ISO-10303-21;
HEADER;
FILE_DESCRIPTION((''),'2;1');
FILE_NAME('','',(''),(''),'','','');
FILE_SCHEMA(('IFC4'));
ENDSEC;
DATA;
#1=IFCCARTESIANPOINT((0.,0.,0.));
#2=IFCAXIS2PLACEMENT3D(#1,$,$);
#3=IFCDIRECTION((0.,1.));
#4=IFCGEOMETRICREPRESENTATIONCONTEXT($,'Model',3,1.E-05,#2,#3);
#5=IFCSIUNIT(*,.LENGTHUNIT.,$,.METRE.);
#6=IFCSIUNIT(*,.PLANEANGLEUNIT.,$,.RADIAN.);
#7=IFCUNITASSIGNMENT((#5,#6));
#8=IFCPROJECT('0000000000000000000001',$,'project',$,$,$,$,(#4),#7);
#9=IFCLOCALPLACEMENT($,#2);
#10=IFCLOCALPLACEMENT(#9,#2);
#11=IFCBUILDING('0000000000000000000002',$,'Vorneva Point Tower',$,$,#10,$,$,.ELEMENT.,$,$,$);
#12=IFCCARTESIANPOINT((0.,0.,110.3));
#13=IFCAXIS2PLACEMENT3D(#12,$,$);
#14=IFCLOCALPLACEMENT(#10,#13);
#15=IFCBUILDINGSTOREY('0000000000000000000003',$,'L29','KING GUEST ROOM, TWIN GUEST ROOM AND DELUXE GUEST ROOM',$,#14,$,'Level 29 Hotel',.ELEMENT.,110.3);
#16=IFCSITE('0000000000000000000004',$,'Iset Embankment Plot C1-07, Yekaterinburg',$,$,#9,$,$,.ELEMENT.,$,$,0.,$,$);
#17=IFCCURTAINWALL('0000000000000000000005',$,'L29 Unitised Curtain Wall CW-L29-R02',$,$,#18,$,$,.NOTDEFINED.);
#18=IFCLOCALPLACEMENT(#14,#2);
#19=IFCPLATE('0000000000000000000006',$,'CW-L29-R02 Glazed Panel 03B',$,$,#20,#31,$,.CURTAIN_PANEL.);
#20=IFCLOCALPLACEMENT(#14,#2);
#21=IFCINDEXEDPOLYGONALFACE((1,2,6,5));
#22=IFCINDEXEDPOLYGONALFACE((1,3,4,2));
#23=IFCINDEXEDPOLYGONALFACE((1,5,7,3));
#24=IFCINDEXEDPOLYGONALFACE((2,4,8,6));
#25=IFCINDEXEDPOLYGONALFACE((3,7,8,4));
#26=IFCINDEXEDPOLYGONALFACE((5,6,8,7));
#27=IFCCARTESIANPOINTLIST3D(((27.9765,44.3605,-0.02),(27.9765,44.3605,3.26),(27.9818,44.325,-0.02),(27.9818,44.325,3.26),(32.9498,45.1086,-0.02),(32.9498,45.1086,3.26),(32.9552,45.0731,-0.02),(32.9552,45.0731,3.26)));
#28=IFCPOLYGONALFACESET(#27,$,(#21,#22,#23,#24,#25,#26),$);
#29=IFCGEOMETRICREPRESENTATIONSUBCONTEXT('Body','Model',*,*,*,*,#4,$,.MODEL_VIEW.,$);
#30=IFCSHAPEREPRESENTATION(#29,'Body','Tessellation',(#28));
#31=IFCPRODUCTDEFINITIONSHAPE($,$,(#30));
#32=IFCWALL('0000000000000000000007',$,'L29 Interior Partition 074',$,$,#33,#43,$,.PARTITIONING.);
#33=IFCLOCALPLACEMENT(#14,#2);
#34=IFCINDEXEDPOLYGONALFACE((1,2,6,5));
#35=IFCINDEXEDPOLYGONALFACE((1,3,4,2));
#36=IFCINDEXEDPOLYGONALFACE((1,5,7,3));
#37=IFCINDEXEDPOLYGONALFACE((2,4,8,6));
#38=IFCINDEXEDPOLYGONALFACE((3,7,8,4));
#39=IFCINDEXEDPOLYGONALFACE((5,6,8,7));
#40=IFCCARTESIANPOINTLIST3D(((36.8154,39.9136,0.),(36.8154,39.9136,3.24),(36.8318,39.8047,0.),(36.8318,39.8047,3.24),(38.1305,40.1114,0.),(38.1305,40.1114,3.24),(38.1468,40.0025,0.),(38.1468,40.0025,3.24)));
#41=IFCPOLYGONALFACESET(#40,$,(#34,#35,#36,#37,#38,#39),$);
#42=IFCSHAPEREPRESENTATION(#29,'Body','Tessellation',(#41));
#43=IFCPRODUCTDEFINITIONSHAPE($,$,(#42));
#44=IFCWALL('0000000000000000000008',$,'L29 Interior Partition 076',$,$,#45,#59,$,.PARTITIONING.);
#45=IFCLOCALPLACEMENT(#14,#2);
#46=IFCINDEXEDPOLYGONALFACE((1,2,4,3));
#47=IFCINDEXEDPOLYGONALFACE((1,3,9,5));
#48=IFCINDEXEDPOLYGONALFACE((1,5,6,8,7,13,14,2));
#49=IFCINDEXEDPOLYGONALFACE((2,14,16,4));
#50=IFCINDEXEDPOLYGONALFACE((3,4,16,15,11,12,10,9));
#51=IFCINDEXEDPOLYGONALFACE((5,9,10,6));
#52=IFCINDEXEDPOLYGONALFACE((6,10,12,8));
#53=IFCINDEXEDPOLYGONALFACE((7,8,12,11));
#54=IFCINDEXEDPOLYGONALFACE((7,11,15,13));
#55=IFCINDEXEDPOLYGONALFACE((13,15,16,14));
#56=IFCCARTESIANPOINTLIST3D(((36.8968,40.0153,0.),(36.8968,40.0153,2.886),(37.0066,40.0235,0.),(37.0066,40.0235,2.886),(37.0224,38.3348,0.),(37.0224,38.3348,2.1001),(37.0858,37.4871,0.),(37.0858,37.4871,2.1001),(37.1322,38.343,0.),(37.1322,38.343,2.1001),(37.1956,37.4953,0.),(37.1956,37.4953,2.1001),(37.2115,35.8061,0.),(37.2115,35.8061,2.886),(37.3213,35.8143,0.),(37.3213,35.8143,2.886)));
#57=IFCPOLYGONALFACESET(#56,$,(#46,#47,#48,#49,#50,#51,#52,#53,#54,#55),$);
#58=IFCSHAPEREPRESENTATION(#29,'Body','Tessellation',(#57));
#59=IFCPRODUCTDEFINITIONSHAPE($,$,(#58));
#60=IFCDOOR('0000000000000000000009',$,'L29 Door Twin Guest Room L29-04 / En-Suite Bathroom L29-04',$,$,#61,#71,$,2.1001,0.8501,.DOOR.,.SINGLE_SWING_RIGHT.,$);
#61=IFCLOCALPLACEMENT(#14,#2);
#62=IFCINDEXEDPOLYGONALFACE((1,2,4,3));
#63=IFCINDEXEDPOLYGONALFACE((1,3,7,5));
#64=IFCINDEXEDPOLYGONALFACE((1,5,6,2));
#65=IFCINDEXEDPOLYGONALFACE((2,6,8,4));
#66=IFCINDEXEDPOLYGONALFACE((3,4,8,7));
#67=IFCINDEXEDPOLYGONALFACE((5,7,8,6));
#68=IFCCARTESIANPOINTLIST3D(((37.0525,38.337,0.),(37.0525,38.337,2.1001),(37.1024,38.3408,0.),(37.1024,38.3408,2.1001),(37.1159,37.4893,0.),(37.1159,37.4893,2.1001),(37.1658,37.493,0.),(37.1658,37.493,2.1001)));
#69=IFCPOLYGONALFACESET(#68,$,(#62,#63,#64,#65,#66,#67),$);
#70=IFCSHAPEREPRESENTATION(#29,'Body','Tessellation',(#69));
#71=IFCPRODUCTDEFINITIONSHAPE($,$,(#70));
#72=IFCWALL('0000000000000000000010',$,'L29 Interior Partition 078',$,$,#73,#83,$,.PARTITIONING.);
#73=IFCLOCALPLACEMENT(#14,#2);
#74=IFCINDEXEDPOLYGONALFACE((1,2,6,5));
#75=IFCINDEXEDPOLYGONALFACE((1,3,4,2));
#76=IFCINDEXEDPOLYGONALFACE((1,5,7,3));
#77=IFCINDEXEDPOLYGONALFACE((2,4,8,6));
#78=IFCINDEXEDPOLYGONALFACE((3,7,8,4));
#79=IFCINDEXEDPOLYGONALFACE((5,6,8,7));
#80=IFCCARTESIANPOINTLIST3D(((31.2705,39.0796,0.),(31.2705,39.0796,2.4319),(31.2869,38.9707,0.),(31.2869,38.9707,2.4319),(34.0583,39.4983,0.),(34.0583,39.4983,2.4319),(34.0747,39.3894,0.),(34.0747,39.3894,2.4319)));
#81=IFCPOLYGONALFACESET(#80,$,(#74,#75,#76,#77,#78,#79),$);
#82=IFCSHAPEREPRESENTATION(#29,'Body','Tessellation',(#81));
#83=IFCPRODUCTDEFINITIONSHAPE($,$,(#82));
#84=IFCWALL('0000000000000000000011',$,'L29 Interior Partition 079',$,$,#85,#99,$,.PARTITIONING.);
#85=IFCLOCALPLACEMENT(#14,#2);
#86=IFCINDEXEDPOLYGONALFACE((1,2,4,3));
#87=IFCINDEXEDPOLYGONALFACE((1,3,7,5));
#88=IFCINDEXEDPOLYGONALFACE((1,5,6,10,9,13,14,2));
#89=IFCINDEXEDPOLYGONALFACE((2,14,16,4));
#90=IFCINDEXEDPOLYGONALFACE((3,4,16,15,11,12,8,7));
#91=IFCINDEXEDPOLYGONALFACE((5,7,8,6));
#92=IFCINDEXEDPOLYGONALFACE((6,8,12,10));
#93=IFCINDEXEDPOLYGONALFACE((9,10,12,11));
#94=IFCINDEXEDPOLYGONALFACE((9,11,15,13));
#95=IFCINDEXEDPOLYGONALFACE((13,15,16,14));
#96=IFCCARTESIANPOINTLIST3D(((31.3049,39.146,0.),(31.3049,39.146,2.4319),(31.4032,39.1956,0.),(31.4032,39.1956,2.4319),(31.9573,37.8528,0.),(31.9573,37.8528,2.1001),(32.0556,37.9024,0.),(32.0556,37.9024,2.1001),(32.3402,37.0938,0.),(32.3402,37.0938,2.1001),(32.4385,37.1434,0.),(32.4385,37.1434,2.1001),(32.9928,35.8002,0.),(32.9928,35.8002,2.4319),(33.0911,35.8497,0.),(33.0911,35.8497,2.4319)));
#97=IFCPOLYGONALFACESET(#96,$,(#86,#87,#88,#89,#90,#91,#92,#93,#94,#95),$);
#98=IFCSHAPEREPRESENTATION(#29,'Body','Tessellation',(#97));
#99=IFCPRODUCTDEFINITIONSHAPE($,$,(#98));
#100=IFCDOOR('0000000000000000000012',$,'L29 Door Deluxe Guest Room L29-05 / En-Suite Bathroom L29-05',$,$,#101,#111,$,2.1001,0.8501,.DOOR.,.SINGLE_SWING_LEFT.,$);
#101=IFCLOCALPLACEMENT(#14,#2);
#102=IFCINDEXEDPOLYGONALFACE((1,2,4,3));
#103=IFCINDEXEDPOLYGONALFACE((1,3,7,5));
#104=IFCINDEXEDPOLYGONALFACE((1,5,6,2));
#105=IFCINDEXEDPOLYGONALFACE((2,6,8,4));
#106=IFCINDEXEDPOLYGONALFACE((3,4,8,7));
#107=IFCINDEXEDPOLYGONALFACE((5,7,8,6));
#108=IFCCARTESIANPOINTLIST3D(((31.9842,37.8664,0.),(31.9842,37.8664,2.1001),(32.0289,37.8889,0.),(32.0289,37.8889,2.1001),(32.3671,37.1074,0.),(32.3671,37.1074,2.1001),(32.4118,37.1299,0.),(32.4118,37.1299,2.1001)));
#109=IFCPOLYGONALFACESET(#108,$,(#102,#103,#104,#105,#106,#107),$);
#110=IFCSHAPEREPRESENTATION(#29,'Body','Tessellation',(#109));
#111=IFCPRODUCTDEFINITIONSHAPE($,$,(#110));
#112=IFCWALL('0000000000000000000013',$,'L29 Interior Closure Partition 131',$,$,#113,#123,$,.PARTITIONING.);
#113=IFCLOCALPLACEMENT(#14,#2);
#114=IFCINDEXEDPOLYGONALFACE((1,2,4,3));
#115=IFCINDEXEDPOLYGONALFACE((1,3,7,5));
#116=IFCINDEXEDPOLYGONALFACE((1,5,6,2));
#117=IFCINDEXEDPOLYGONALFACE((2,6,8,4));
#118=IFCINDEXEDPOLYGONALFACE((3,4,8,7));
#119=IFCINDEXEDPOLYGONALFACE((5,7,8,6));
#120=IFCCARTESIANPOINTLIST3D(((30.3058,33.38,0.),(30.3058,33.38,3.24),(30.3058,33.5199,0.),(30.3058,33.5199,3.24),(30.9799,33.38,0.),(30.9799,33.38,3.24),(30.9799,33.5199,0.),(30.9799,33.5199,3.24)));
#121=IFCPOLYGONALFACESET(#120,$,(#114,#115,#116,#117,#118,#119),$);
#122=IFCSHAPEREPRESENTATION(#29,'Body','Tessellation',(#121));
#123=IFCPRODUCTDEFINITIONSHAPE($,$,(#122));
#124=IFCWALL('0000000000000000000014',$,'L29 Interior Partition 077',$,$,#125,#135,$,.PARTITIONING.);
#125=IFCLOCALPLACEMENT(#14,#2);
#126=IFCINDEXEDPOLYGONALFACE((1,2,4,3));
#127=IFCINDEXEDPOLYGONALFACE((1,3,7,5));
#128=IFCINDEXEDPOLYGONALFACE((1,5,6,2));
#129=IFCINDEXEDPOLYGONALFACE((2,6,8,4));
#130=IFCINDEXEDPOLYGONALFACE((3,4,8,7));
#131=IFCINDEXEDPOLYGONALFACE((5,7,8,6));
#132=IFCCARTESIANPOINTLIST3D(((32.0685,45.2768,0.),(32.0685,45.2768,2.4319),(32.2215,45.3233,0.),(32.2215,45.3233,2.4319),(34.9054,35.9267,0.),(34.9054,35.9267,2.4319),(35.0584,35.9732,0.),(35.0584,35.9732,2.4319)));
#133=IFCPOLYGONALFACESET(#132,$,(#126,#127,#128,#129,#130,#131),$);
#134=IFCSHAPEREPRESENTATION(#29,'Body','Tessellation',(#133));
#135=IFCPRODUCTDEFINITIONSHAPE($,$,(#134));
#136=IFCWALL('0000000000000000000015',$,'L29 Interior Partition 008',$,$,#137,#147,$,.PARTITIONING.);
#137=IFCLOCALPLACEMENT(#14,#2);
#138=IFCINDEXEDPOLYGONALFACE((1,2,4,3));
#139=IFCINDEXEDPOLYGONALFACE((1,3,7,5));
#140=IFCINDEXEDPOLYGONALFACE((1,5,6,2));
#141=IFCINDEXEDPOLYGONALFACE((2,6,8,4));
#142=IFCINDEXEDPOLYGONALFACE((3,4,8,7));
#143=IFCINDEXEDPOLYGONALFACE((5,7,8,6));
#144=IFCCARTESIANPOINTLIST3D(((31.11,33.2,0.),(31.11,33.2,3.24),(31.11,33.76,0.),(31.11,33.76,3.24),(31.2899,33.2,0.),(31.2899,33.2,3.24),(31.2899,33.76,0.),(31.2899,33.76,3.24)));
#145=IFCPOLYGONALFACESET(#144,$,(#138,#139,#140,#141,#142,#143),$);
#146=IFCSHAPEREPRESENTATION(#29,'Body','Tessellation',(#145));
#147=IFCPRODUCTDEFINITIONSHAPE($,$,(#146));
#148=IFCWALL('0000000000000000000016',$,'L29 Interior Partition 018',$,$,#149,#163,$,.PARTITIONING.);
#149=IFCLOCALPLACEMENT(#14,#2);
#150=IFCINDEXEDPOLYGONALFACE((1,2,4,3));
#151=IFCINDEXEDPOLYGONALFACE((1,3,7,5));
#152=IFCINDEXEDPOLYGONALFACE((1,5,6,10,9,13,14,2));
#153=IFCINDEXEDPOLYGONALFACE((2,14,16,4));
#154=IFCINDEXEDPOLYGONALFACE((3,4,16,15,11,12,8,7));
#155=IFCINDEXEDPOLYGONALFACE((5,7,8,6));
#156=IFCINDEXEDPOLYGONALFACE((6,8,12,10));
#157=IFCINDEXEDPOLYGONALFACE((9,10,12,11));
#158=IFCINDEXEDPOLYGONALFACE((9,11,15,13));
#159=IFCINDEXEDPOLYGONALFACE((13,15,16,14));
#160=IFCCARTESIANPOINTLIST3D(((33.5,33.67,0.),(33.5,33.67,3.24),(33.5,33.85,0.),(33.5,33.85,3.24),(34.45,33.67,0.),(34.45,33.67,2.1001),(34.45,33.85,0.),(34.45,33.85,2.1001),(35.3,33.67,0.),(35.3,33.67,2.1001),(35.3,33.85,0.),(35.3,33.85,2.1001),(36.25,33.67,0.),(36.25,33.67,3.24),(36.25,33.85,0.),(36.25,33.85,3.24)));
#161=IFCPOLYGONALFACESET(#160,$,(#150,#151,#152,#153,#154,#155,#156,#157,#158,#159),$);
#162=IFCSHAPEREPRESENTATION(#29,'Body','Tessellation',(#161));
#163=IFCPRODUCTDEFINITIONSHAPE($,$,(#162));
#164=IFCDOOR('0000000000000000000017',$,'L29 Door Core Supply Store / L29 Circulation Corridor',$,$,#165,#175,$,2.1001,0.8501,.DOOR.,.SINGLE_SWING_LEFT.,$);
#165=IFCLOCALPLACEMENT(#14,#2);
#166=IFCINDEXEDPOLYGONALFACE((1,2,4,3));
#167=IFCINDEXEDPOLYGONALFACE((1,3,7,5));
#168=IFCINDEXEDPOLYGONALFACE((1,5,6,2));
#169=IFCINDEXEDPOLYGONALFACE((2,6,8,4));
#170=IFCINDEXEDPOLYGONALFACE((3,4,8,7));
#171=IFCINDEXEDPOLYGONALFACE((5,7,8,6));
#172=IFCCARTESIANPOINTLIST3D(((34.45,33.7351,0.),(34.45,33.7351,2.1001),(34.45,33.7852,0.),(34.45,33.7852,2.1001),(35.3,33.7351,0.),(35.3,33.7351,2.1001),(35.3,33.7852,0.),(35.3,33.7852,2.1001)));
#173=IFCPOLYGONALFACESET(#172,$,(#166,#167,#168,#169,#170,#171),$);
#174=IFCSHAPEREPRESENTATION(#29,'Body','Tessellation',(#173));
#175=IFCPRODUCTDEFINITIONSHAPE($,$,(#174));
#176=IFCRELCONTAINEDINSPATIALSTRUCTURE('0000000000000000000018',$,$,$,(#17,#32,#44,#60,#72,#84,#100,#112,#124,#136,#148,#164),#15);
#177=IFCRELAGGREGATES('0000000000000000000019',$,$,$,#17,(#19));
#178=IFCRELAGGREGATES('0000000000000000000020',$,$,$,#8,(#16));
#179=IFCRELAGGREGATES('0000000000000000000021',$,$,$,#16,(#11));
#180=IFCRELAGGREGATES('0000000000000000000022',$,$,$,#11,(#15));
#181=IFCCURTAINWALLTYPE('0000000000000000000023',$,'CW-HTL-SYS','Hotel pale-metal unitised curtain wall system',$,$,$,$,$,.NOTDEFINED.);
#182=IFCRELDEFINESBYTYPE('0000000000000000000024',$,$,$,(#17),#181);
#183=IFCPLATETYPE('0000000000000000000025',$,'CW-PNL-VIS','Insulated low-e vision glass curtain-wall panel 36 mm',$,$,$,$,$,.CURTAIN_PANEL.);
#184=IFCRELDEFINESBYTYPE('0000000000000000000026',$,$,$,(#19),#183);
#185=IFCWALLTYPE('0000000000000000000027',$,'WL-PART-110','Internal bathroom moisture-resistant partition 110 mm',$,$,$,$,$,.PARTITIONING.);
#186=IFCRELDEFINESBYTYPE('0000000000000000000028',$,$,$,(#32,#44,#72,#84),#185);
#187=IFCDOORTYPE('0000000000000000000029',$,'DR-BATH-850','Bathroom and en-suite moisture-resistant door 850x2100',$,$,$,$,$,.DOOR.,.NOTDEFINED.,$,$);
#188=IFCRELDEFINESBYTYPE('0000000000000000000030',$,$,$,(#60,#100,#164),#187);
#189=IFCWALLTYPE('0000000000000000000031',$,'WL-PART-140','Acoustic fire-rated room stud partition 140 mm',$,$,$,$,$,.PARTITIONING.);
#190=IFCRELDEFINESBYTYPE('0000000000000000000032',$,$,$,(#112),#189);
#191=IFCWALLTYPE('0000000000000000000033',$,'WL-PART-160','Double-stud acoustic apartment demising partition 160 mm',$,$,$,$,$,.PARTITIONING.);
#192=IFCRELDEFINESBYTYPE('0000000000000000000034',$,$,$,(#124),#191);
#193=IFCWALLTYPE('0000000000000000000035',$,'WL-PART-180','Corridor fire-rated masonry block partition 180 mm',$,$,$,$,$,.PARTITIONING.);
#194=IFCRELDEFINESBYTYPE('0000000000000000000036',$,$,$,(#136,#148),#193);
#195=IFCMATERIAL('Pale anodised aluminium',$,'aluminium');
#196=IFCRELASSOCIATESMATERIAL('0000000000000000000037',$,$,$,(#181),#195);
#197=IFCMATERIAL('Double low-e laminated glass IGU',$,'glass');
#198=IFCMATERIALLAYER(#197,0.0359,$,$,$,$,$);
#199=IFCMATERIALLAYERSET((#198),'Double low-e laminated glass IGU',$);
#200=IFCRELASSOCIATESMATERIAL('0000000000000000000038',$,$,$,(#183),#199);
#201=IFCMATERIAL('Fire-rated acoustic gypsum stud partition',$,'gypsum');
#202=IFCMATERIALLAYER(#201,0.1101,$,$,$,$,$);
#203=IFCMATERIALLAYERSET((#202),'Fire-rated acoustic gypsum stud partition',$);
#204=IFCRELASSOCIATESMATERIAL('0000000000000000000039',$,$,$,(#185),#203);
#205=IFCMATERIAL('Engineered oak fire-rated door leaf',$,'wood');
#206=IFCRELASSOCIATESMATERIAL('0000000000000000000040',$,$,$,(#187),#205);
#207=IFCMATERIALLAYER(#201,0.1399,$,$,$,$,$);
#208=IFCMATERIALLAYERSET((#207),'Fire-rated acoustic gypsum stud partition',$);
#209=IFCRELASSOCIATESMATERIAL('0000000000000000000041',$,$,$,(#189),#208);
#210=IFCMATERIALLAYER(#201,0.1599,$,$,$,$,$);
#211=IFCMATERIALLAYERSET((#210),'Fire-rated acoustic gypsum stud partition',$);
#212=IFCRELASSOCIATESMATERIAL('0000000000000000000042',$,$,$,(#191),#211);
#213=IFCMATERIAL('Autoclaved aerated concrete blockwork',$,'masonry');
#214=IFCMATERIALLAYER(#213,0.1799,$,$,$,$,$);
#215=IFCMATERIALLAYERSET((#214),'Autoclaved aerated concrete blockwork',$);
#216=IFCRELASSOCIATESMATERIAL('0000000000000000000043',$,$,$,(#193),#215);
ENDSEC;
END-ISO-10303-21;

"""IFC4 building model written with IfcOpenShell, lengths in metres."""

from ifc_helpers import new_model, si_unit, direction, frame, frame_2d, origin, origin_2d, place, context, subcontext, project, spatial, rectangle, extrude, material, layer, layer_set, type_object, element, fill, aggregate, save


model = new_model("IFC4")

# Units and contexts
model_context = context("Model", 3, precision=1e-05, world=origin(), true_north=direction((0.0, 1.0)))
body_context = subcontext(model_context, "Body", "Model", "MODEL_VIEW")
ifc_project = project(units=[si_unit("LENGTHUNIT", "METRE"), si_unit("PLANEANGLEUNIT", "RADIAN")], contexts=[model_context])

# Site, building, storey
site_placement = place(None, origin())
site = spatial("IfcSite", under=ifc_project, at=site_placement, Name="Iset Embankment Plot C1-07, Yekaterinburg", CompositionType="ELEMENT", RefElevation=0.0)
building_placement = place(site_placement, origin())
building = spatial("IfcBuilding", under=site, at=building_placement, Name="Vorneva Point Tower", CompositionType="ELEMENT")
storey_placement = place(building_placement, frame((0.0, 0.0, 110.3)))
storey = spatial("IfcBuildingStorey", under=building, at=storey_placement, Name="L29", Description="KING GUEST ROOM, TWIN GUEST ROOM AND DELUXE GUEST ROOM", LongName="Level 29 Hotel", CompositionType="ELEMENT", Elevation=110.3)

# Curtain wall, plate
ifc_material_1 = material(Name="Pale anodised aluminium", Category="aluminium")
curtain_wall_type = type_object("IfcCurtainWallType", Name="CW-HTL-SYS", Description="Hotel pale-metal unitised curtain wall system", PredefinedType="NOTDEFINED", material=ifc_material_1)
curtain_wall_placement = place(storey_placement, origin())
curtain_wall = element("IfcCurtainWall", 1, at=curtain_wall_placement, inside=storey, type_object=curtain_wall_type, Name="L29 Unitised Curtain Wall CW-L29-R02", PredefinedType="NOTDEFINED")
ifc_material_2 = material(Name="Double low-e laminated glass IGU", Category="glass")
ifc_layer_1 = layer(ifc_material_2, 0.0359)
ifc_layer_set_1 = layer_set([ifc_layer_1], Name="Double low-e laminated glass IGU")
plate_type = type_object("IfcPlateType", Name="CW-PNL-VIS", Description="Insulated low-e vision glass curtain-wall panel 36 mm", PredefinedType="CURTAIN_PANEL", material=ifc_layer_set_1)
plate_1_placement = place(storey_placement, frame((30.4658, 44.7168, -0.02), z_axis=(0.0, 0.0, 1.0), x_axis=(-0.988876, -0.148741, 0.0)))
plate_1 = element("IfcPlate", 2, at=plate_1_placement, type_object=plate_type, Name="CW-L29-R02 Glazed Panel 03B", PredefinedType="CURTAIN_PANEL", context=body_context, shape_type="SweptSolid", body=[
    extrude(rectangle(XDim=5.0293, YDim=0.0359, at=origin_2d()), origin(), (0.0, 0.0, 1.0), 3.28),
])
aggregate(curtain_wall, [plate_1])

# Wall
ifc_material_3 = material(Name="Fire-rated acoustic gypsum stud partition", Category="gypsum")
ifc_layer_2 = layer(ifc_material_3, 0.1101)
ifc_layer_set_2 = layer_set([ifc_layer_2], Name="Fire-rated acoustic gypsum stud partition")
wall_type_1 = type_object("IfcWallType", Name="WL-PART-110", Description="Internal bathroom moisture-resistant partition 110 mm", PredefinedType="PARTITIONING", material=ifc_layer_set_2)
wall_1_placement = place(storey_placement, frame((36.8235, 39.8591, 0.0), z_axis=(0.0, 0.0, 1.0), x_axis=(0.98888, 0.148718, 0.0)))
element("IfcWall", 3, at=wall_1_placement, inside=storey, type_object=wall_type_1, Name="L29 Interior Partition 074", PredefinedType="PARTITIONING", context=body_context, shape_type="SweptSolid", body=[
    extrude(rectangle(XDim=1.3298, YDim=0.1101, at=frame_2d((0.665, 0.0))), origin(), (0.0, 0.0, 1.0), 3.24),
])

# Wall, opening, door
wall_2_placement = place(storey_placement, frame((37.2664, 35.8103, 0.0), z_axis=(0.0, 0.0, 1.0), x_axis=(-0.074556, 0.997217, 0.0)))
wall_2 = element("IfcWall", 4, at=wall_2_placement, inside=storey, type_object=wall_type_1, Name="L29 Interior Partition 076", PredefinedType="PARTITIONING", context=body_context, shape_type="SweptSolid", body=[
    extrude(rectangle(XDim=4.2209, YDim=0.1101, at=frame_2d((2.1104, 0.0))), origin(), (0.0, 0.0, 1.0), 2.886),
])
opening_1_placement = place(wall_2_placement, frame((1.6855, 0.0, 0.0)))
opening_1 = element("IfcOpeningElement", 5, at=opening_1_placement, cuts=wall_2, PredefinedType="OPENING", context=body_context, shape_type="SweptSolid", body=[
    extrude(rectangle(XDim=0.8501, YDim=2.1001, at=frame_2d((0.425, 1.05))), frame((0.0, 0.0698, 0.0), z_axis=(0.0, -1.0, 0.0), x_axis=(1.0, 0.0, 0.0)), (0.0, 0.0, 1.0), 0.1399),
])
ifc_material_4 = material(Name="Engineered oak fire-rated door leaf", Category="wood")
door_type_1 = type_object("IfcDoorType", Name="DR-BATH-850", Description="Bathroom and en-suite moisture-resistant door 850x2100", OperationType="NOTDEFINED", PredefinedType="DOOR", material=ifc_material_4)
door_1_placement = place(opening_1_placement, origin())
door_1 = element("IfcDoor", 6, at=door_1_placement, inside=storey, type_object=door_type_1, Name="L29 Door Twin Guest Room L29-04 / En-Suite Bathroom L29-04", OperationType="SINGLE_SWING_RIGHT", OverallHeight=2.1001, OverallWidth=0.8501, PredefinedType="DOOR", context=body_context, shape_type="SweptSolid", body=[
    extrude(rectangle(XDim=0.8501, YDim=2.1001, at=frame_2d((0.425, 1.05))), frame((0.0, 0.0249, 0.0), z_axis=(0.0, -1.0, 0.0), x_axis=(1.0, 0.0, 0.0)), (0.0, 0.0, 1.0), 0.05),
])
fill(opening_1, door_1)

# Wall
wall_3_placement = place(storey_placement, frame((31.2786, 39.0251, 0.0), z_axis=(0.0, 0.0, 1.0), x_axis=(0.988909, 0.148523, 0.0)))
element("IfcWall", 7, at=wall_3_placement, inside=storey, type_object=wall_type_1, Name="L29 Interior Partition 078", PredefinedType="PARTITIONING", context=body_context, shape_type="SweptSolid", body=[
    extrude(rectangle(XDim=2.8191, YDim=0.1101, at=frame_2d((1.4097, 0.0))), origin(), (0.0, 0.0, 1.0), 2.4319),
])

# Wall, opening, door
wall_4_placement = place(storey_placement, frame((33.042, 35.825, 0.0), z_axis=(0.0, 0.0, 1.0), x_axis=(-0.450416, 0.892819, 0.0)))
wall_4 = element("IfcWall", 8, at=wall_4_placement, inside=storey, type_object=wall_type_1, Name="L29 Interior Partition 079", PredefinedType="PARTITIONING", context=body_context, shape_type="SweptSolid", body=[
    extrude(rectangle(XDim=3.7476, YDim=0.1101, at=frame_2d((1.8738, 0.0))), origin(), (0.0, 0.0, 1.0), 2.4319),
])
opening_2_placement = place(wall_4_placement, frame((1.449, 0.0, 0.0)))
opening_2 = element("IfcOpeningElement", 9, at=opening_2_placement, cuts=wall_4, PredefinedType="OPENING", context=body_context, shape_type="SweptSolid", body=[
    extrude(rectangle(XDim=0.8501, YDim=2.1001, at=frame_2d((0.425, 1.05))), frame((0.0, 0.0698, 0.0), z_axis=(0.0, -1.0, 0.0), x_axis=(1.0, 0.0, 0.0)), (0.0, 0.0, 1.0), 0.1399),
])
door_2_placement = place(opening_2_placement, origin())
door_2 = element("IfcDoor", 10, at=door_2_placement, inside=storey, type_object=door_type_1, Name="L29 Door Deluxe Guest Room L29-05 / En-Suite Bathroom L29-05", OperationType="SINGLE_SWING_LEFT", OverallHeight=2.1001, OverallWidth=0.8501, PredefinedType="DOOR", context=body_context, shape_type="SweptSolid", body=[
    extrude(rectangle(XDim=0.8501, YDim=2.1001, at=frame_2d((0.425, 1.05))), frame((0.0, 0.0249, 0.0), z_axis=(0.0, -1.0, 0.0), x_axis=(1.0, 0.0, 0.0)), (0.0, 0.0, 1.0), 0.05),
])
fill(opening_2, door_2)

# Walls
ifc_layer_3 = layer(ifc_material_3, 0.1399)
ifc_layer_set_3 = layer_set([ifc_layer_3], Name="Fire-rated acoustic gypsum stud partition")
wall_type_2 = type_object("IfcWallType", Name="WL-PART-140", Description="Acoustic fire-rated room stud partition 140 mm", PredefinedType="PARTITIONING", material=ifc_layer_set_3)
wall_5_placement = place(storey_placement, frame((30.3059, 33.45, 0.0), z_axis=(0.0, 0.0, 1.0), x_axis=(1.0, 0.0, 0.0)))
element("IfcWall", 11, at=wall_5_placement, inside=storey, type_object=wall_type_2, Name="L29 Interior Closure Partition 131", PredefinedType="PARTITIONING", context=body_context, shape_type="SweptSolid", body=[
    extrude(rectangle(XDim=0.6741, YDim=0.1399, at=frame_2d((0.3369, 0.0))), origin(), (0.0, 0.0, 1.0), 3.24),
])
ifc_layer_4 = layer(ifc_material_3, 0.1599)
ifc_layer_set_4 = layer_set([ifc_layer_4], Name="Fire-rated acoustic gypsum stud partition")
wall_type_3 = type_object("IfcWallType", Name="WL-PART-160", Description="Double-stud acoustic apartment demising partition 160 mm", PredefinedType="PARTITIONING", material=ifc_layer_set_4)
wall_6_placement = place(storey_placement, frame((32.145, 45.3, 0.0), z_axis=(0.0, 0.0, 1.0), x_axis=(0.29034, -0.956923, 0.0)))
element("IfcWall", 12, at=wall_6_placement, inside=storey, type_object=wall_type_3, Name="L29 Interior Partition 077", PredefinedType="PARTITIONING", context=body_context, shape_type="SweptSolid", body=[
    extrude(rectangle(XDim=9.771, YDim=0.1599, at=frame_2d((4.8855, 0.0))), origin(), (0.0, 0.0, 1.0), 2.4319),
])

# Shared definitions
ifc_material_5 = material(Name="Autoclaved aerated concrete blockwork", Category="masonry")
ifc_layer_5 = layer(ifc_material_5, 0.1799)
ifc_layer_set_5 = layer_set([ifc_layer_5], Name="Autoclaved aerated concrete blockwork")
wall_type_4 = type_object("IfcWallType", Name="WL-PART-180", Description="Corridor fire-rated masonry block partition 180 mm", PredefinedType="PARTITIONING", material=ifc_layer_set_5)

# Wall
wall_7_placement = place(storey_placement, frame((31.2, 33.76, 0.0), z_axis=(0.0, 0.0, 1.0), x_axis=(0.0, -1.0, 0.0)))
element("IfcWall", 13, at=wall_7_placement, inside=storey, type_object=wall_type_4, Name="L29 Interior Partition 008", PredefinedType="PARTITIONING", context=body_context, shape_type="SweptSolid", body=[
    extrude(rectangle(XDim=0.5601, YDim=0.1799, at=frame_2d((0.28, 0.0))), origin(), (0.0, 0.0, 1.0), 3.24),
])

# Wall, opening, door
wall_8_placement = place(storey_placement, frame((36.25, 33.76, 0.0), z_axis=(0.0, 0.0, 1.0), x_axis=(-1.0, 0.0, 0.0)))
wall_8 = element("IfcWall", 14, at=wall_8_placement, inside=storey, type_object=wall_type_4, Name="L29 Interior Partition 018", PredefinedType="PARTITIONING", context=body_context, shape_type="SweptSolid", body=[
    extrude(rectangle(XDim=2.75, YDim=0.1799, at=frame_2d((1.375, 0.0))), origin(), (0.0, 0.0, 1.0), 3.24),
])
opening_3_placement = place(wall_8_placement, frame((0.95, 0.0, 0.0)))
opening_3 = element("IfcOpeningElement", 15, at=opening_3_placement, cuts=wall_8, PredefinedType="OPENING", context=body_context, shape_type="SweptSolid", body=[
    extrude(rectangle(XDim=0.8501, YDim=2.1001, at=frame_2d((0.425, 1.05))), frame((0.0, 0.105, 0.0), z_axis=(0.0, -1.0, 0.0), x_axis=(1.0, 0.0, 0.0)), (0.0, 0.0, 1.0), 0.2097),
])
door_3_placement = place(opening_3_placement, origin())
door_3 = element("IfcDoor", 16, at=door_3_placement, inside=storey, type_object=door_type_1, Name="L29 Door Core Supply Store / L29 Circulation Corridor", OperationType="SINGLE_SWING_LEFT", OverallHeight=2.1001, OverallWidth=0.8501, PredefinedType="DOOR", context=body_context, shape_type="SweptSolid", body=[
    extrude(rectangle(XDim=0.8501, YDim=2.1001, at=frame_2d((0.425, 1.05))), frame((0.0, 0.0249, 0.0), z_axis=(0.0, -1.0, 0.0), x_axis=(1.0, 0.0, 0.0)), (0.0, 0.0, 1.0), 0.05),
])
fill(opening_3, door_3)

save(model, "model.ifc")
